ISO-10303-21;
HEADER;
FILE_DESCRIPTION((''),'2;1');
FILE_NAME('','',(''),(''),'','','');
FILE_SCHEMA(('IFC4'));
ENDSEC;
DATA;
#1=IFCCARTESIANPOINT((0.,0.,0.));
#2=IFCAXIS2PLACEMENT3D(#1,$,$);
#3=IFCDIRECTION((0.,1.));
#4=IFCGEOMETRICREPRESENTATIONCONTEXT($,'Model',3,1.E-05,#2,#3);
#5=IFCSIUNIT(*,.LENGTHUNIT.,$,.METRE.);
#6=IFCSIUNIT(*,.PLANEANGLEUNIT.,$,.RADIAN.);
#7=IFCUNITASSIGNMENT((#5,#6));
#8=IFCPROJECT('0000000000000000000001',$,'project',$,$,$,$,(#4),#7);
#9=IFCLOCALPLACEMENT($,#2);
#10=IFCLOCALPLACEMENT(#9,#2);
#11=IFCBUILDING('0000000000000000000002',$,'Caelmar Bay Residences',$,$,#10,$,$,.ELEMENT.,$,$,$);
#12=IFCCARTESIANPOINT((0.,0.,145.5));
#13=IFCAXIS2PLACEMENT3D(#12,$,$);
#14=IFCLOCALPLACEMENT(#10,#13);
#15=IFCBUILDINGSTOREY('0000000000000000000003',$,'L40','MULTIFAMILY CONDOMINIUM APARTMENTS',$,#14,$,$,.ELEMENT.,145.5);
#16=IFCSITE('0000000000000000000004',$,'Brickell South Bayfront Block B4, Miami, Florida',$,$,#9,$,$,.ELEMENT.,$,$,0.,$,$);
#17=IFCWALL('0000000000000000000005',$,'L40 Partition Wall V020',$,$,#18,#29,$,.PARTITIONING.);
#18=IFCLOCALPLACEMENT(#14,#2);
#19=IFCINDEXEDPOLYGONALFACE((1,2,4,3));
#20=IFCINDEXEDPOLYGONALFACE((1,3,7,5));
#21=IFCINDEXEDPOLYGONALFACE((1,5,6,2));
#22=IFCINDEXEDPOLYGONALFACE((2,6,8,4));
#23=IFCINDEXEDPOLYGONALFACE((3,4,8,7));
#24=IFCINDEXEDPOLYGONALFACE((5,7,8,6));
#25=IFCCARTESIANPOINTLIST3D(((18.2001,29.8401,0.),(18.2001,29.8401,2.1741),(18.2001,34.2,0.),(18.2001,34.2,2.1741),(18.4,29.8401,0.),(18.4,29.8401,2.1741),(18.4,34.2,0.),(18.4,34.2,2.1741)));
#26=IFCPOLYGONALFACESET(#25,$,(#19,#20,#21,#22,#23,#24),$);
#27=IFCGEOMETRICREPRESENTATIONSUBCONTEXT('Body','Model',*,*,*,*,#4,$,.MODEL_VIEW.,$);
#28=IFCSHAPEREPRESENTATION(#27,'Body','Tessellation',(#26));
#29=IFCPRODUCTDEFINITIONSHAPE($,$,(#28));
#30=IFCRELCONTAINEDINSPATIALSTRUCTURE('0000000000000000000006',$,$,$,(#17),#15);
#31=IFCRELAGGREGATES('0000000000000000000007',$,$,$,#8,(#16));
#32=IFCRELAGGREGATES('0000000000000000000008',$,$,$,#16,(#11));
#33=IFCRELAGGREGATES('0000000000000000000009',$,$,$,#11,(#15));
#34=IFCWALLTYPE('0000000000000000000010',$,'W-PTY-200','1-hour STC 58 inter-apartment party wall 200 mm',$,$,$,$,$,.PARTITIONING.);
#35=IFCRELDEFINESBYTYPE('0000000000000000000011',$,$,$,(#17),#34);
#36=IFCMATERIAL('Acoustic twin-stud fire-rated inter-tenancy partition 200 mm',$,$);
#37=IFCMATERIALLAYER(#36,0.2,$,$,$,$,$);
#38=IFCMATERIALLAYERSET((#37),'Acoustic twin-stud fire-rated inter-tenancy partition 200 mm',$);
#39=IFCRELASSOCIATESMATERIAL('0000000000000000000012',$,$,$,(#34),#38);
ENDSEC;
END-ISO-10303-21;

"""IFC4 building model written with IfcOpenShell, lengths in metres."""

from ifc_helpers import new_model, si_unit, direction, frame, frame_2d, origin, place, context, subcontext, project, spatial, rectangle, extrude, material, layer, layer_set, type_object, element, save


model = new_model("IFC4")

# Units and contexts
model_context = context("Model", 3, precision=1e-05, world=origin(), true_north=direction((0.0, 1.0)))
body_context = subcontext(model_context, "Body", "Model", "MODEL_VIEW")
ifc_project = project(units=[si_unit("LENGTHUNIT", "METRE"), si_unit("PLANEANGLEUNIT", "RADIAN")], contexts=[model_context])

# Site, building, storey
site_placement = place(None, origin())
site = spatial("IfcSite", under=ifc_project, at=site_placement, Name="Brickell South Bayfront Block B4, Miami, Florida", CompositionType="ELEMENT", RefElevation=0.0)
building_placement = place(site_placement, origin())
building = spatial("IfcBuilding", under=site, at=building_placement, Name="Caelmar Bay Residences", CompositionType="ELEMENT")
storey_placement = place(building_placement, frame((0.0, 0.0, 145.5)))
storey = spatial("IfcBuildingStorey", under=building, at=storey_placement, Name="L40", Description="MULTIFAMILY CONDOMINIUM APARTMENTS", CompositionType="ELEMENT", Elevation=145.5)

# Wall
ifc_material_1 = material(Name="Acoustic twin-stud fire-rated inter-tenancy partition 200 mm")
ifc_layer_1 = layer(ifc_material_1, 0.2)
ifc_layer_set_1 = layer_set([ifc_layer_1], Name="Acoustic twin-stud fire-rated inter-tenancy partition 200 mm")
wall_type_1 = type_object("IfcWallType", Name="W-PTY-200", Description="1-hour STC 58 inter-apartment party wall 200 mm", PredefinedType="PARTITIONING", material=ifc_layer_set_1)
wall_1_placement = place(storey_placement, frame((18.3, 29.8401, 0.0), z_axis=(0.0, 0.0, 1.0), x_axis=(0.0, 1.0, 0.0)))
element("IfcWall", 1, at=wall_1_placement, inside=storey, type_object=wall_type_1, Name="L40 Partition Wall V020", PredefinedType="PARTITIONING", context=body_context, shape_type="SweptSolid", body=[
    extrude(rectangle(XDim=4.3599, YDim=0.2, at=frame_2d((2.1799, 0.0))), origin(), (0.0, 0.0, 1.0), 2.1741),
])

save(model, "model.ifc")
